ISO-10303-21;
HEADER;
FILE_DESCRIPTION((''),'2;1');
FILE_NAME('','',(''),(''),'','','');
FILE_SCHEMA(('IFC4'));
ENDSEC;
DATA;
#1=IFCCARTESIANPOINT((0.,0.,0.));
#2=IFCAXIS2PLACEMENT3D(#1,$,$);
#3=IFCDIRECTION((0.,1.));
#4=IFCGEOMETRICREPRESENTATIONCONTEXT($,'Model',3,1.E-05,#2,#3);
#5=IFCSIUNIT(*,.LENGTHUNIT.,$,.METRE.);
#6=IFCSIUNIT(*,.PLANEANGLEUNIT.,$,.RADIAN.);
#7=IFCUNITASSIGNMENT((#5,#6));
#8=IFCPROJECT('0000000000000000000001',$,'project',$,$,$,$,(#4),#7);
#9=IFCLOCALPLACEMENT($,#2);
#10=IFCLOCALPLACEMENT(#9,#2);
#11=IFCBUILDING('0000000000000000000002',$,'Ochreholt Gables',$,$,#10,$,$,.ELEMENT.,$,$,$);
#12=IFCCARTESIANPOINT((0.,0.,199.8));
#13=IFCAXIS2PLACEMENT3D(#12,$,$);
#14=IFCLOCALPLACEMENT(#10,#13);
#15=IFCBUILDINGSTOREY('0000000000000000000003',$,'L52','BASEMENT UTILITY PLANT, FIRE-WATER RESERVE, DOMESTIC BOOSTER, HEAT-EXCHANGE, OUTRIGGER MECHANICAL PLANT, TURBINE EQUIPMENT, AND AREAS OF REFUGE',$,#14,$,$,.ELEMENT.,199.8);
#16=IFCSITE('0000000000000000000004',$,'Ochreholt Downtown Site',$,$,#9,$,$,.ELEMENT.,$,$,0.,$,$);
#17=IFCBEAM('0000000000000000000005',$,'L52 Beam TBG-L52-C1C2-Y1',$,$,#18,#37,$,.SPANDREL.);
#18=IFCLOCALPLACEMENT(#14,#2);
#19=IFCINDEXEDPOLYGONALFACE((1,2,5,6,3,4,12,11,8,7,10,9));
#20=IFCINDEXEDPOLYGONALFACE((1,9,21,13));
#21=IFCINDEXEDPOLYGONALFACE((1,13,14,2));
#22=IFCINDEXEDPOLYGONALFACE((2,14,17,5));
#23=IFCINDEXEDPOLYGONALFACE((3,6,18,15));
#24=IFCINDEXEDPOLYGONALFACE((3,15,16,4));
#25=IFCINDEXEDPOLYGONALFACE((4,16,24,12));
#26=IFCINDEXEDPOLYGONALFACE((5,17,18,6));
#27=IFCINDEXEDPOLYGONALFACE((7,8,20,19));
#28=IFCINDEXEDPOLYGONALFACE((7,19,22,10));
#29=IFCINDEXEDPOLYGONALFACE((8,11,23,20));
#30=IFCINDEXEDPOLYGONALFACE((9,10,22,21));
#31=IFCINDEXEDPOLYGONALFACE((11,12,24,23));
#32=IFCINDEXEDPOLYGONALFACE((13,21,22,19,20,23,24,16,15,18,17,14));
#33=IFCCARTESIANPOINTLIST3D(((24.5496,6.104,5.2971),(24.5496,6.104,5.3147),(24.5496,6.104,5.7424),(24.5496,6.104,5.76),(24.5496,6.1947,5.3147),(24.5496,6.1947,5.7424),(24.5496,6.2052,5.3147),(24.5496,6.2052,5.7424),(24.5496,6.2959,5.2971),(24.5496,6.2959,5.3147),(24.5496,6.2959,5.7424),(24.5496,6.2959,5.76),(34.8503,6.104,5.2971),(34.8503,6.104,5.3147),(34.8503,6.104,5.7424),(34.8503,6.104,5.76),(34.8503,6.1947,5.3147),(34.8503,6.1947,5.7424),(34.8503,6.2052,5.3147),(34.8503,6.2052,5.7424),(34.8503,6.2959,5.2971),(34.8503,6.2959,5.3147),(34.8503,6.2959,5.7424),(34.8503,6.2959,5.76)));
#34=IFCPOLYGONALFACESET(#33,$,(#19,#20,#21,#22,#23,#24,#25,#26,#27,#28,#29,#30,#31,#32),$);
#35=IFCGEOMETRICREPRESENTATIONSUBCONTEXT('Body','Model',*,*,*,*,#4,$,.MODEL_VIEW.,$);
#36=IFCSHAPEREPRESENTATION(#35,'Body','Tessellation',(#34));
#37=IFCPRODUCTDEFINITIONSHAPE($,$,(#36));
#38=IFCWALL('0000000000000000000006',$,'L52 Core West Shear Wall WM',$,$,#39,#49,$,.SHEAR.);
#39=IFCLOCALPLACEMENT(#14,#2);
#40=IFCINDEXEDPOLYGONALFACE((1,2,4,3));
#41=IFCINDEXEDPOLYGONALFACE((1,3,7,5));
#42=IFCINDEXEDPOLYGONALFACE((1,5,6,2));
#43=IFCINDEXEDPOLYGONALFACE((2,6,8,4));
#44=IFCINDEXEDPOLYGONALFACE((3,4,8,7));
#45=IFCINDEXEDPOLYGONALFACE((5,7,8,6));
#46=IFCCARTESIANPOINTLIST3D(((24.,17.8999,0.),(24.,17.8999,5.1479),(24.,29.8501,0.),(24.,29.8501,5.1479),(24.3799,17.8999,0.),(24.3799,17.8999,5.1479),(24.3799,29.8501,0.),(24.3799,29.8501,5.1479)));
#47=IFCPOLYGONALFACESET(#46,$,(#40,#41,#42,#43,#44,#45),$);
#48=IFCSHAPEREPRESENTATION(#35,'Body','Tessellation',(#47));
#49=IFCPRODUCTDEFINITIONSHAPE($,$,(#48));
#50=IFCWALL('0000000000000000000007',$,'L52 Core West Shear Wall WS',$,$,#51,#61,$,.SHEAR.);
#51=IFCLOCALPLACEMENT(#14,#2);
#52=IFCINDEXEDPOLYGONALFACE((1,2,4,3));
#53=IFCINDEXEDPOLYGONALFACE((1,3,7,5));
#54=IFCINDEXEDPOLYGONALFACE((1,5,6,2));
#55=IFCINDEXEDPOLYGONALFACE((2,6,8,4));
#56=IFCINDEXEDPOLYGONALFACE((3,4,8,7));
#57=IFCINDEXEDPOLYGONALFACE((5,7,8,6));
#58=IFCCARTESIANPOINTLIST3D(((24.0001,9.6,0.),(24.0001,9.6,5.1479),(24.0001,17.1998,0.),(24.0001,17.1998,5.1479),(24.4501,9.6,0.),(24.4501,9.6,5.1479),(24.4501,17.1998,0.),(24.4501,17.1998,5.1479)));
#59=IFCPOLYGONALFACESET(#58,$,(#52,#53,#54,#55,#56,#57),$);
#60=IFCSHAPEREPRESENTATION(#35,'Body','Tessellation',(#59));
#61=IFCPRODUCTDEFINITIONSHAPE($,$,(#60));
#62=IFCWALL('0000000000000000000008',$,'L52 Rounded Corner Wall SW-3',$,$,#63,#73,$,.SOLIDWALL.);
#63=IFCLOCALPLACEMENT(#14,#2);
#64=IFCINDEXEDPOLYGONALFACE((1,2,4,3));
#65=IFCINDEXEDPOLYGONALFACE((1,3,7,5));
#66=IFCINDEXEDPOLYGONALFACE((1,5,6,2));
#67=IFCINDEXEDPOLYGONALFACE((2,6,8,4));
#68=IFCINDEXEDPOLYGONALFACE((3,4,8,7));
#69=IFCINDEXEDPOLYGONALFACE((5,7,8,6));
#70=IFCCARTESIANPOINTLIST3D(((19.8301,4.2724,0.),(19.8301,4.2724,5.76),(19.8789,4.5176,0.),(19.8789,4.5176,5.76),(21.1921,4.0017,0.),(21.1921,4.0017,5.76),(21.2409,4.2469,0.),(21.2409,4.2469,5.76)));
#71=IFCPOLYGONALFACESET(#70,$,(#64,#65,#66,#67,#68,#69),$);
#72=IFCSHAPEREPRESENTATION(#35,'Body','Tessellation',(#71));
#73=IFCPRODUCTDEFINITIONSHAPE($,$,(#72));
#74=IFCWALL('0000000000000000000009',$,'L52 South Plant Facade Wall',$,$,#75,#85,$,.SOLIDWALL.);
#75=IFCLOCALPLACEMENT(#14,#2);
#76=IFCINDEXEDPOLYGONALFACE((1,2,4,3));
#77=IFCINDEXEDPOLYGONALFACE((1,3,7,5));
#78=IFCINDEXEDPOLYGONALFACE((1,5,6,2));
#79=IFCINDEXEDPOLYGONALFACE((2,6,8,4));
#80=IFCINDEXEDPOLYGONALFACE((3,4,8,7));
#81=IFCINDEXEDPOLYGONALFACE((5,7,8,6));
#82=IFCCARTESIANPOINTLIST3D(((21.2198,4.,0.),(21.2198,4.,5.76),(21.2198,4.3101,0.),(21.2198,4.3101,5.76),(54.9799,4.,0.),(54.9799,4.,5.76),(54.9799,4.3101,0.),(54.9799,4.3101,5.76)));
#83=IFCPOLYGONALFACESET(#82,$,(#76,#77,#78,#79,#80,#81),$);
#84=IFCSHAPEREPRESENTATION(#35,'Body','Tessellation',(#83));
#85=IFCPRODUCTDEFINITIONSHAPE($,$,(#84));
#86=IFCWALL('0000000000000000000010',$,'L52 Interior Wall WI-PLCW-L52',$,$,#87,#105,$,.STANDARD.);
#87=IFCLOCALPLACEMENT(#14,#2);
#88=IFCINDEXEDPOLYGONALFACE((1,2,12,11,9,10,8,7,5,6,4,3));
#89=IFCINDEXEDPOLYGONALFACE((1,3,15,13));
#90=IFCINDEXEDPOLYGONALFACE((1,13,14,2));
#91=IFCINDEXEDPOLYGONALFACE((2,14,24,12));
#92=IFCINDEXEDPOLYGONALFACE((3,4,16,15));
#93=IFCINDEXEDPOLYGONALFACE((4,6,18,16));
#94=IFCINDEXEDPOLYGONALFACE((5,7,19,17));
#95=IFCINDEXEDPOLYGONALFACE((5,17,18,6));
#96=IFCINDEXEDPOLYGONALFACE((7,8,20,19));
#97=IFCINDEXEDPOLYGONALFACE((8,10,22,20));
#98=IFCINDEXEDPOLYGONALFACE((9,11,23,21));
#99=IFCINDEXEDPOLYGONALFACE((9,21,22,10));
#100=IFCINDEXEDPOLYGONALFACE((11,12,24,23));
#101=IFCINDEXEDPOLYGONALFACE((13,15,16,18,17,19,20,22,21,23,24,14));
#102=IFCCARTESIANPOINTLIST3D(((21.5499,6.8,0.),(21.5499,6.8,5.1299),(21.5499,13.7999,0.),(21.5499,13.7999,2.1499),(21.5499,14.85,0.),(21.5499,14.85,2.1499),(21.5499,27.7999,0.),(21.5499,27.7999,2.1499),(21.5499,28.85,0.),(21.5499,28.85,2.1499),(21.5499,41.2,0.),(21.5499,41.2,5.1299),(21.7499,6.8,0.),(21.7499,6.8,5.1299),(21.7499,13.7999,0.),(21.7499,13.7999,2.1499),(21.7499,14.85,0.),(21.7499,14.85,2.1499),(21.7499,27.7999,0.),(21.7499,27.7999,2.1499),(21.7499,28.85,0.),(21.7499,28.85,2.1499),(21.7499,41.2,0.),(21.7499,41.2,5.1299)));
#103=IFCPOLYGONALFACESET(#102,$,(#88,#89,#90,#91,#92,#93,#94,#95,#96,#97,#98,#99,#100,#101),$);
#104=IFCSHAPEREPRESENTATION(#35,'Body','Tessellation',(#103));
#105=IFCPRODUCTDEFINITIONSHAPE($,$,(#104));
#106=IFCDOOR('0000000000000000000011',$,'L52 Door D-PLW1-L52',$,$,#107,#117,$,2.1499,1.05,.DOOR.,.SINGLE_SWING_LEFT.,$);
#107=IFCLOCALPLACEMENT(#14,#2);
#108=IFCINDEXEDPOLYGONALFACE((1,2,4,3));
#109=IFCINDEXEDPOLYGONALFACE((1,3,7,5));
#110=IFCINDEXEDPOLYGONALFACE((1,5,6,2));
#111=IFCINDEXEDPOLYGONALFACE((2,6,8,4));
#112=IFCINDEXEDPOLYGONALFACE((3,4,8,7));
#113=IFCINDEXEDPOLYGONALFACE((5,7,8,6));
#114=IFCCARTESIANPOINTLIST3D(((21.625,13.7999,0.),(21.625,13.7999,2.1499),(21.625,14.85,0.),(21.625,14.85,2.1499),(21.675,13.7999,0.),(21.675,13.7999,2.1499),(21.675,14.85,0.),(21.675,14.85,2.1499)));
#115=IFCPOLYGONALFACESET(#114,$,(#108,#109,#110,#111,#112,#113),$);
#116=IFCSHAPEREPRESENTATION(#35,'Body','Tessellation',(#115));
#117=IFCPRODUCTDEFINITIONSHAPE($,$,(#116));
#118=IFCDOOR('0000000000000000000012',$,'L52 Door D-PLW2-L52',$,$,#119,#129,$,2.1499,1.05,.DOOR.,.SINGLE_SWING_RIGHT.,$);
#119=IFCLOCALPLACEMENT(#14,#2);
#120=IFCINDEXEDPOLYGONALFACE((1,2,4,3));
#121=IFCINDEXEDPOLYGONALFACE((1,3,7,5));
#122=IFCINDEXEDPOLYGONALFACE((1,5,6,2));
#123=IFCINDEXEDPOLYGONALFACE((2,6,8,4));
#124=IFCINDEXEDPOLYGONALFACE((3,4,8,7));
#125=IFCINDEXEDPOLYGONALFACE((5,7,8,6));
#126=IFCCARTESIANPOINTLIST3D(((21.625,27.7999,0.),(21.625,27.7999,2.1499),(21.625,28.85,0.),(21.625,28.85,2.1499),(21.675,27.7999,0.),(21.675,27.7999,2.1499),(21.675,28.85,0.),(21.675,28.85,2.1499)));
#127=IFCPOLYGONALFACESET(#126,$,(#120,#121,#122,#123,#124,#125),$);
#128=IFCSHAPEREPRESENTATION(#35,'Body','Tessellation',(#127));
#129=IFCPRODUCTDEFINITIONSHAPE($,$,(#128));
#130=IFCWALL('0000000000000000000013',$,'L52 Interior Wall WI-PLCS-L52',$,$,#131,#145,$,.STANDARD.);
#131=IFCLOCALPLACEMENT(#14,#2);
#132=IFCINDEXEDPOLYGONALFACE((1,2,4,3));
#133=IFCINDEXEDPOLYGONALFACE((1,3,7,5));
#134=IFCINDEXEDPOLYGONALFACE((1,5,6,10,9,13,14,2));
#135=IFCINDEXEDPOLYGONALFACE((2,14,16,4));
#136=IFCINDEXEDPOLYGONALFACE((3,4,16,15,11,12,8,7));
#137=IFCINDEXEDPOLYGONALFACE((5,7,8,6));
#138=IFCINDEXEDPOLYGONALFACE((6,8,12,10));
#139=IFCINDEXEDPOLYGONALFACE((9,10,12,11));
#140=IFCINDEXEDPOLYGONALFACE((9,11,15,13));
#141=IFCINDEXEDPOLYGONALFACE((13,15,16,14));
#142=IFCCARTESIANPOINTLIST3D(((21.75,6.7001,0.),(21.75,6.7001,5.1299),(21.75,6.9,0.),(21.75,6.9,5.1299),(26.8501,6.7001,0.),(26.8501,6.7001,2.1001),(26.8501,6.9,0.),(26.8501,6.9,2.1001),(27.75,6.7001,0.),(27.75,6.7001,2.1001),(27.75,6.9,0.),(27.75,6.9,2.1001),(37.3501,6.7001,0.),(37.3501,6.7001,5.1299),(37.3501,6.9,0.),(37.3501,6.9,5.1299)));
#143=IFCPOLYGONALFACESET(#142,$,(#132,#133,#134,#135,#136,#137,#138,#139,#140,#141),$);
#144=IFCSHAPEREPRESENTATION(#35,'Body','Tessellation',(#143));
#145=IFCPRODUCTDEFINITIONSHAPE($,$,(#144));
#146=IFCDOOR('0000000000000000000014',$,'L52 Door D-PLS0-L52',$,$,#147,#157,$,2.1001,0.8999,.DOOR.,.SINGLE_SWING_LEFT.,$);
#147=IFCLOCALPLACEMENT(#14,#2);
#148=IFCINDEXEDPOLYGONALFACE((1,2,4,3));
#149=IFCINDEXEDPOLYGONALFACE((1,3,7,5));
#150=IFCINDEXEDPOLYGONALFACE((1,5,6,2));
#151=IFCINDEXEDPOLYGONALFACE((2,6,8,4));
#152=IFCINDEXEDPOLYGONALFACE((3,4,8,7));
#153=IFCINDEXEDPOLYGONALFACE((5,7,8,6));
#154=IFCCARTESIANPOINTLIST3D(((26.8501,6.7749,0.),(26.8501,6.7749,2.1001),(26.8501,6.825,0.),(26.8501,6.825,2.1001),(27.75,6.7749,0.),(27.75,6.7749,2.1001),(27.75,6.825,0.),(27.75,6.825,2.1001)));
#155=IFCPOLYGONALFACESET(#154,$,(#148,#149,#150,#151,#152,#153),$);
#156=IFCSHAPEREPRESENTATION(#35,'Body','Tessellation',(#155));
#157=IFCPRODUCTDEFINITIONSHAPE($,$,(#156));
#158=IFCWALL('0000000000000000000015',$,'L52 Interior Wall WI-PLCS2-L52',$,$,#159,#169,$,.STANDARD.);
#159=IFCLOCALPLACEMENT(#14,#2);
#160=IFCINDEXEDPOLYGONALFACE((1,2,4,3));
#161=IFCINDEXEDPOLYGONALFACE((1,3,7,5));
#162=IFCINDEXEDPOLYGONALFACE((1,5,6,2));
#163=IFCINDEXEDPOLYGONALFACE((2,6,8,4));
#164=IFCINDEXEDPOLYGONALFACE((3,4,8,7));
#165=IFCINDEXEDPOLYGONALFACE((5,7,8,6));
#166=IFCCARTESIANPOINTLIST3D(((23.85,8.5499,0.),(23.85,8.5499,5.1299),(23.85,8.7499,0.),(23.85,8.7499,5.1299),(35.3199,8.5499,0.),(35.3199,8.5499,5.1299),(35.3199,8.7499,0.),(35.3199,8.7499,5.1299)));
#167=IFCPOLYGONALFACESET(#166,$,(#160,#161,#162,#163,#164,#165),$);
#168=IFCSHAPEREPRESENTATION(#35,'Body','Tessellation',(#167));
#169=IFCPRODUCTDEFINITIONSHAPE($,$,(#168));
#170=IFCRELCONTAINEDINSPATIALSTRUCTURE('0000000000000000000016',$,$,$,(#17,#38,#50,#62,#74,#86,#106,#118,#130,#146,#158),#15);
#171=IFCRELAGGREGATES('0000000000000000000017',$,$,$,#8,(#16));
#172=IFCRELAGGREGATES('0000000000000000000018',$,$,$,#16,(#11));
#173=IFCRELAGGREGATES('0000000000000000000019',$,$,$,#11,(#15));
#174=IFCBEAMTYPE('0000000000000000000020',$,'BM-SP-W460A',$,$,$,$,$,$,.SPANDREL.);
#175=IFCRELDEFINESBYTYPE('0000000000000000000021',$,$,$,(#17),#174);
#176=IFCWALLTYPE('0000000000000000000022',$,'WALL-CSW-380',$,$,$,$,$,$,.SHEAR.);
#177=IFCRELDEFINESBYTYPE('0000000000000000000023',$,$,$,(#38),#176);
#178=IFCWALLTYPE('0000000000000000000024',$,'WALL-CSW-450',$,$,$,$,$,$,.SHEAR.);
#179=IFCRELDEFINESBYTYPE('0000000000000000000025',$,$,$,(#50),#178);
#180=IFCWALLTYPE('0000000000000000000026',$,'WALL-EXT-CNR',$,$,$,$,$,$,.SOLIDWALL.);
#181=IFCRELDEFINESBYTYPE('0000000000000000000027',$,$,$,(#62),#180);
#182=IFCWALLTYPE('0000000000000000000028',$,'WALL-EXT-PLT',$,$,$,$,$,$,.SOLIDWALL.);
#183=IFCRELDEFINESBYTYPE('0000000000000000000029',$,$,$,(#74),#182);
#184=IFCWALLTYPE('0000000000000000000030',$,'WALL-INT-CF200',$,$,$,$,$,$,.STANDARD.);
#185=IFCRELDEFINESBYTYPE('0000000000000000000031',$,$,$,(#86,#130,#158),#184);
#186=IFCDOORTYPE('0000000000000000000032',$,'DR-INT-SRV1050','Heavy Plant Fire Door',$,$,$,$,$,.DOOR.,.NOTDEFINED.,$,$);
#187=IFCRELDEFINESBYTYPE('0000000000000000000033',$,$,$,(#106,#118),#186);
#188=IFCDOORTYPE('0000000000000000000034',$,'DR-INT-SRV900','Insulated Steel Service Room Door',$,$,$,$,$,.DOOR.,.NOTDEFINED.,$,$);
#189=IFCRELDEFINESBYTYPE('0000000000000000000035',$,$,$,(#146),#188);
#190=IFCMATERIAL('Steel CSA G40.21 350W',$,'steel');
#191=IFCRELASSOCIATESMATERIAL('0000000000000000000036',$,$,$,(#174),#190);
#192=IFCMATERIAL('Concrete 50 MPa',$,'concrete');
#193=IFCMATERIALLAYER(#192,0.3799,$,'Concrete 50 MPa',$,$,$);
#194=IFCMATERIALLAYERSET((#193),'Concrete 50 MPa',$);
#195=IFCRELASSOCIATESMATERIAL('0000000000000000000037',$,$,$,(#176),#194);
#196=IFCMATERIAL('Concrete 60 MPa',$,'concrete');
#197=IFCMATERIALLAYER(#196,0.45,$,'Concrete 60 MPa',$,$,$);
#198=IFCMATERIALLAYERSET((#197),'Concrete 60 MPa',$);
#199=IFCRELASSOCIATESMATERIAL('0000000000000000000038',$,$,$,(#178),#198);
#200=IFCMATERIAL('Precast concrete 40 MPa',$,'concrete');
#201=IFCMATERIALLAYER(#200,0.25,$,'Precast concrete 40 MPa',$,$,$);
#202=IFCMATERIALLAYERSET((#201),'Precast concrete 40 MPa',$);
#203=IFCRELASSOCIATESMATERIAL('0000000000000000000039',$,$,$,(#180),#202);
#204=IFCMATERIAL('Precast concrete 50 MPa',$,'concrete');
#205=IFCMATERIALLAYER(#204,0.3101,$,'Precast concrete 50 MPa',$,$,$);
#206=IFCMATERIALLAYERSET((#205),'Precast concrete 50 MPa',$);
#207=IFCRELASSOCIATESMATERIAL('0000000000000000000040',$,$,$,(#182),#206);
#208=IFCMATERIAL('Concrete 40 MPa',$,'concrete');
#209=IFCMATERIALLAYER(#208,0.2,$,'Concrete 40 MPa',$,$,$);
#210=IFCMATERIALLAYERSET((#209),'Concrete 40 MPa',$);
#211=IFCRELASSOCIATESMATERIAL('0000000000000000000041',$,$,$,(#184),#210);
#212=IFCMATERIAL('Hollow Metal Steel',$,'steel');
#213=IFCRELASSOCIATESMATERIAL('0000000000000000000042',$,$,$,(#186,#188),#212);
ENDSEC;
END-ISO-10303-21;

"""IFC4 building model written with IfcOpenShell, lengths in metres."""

from ifc_helpers import new_model, si_unit, direction, frame, frame_2d, origin, origin_2d, place, context, subcontext, project, spatial, rectangle, i_section, extrude, material, layer, layer_set, material_profile, profile_set, type_object, element, fill, save


model = new_model("IFC4")

# Units and contexts
model_context = context("Model", 3, precision=1e-05, world=origin(), true_north=direction((0.0, 1.0)))
body_context = subcontext(model_context, "Body", "Model", "MODEL_VIEW")
ifc_project = project(units=[si_unit("LENGTHUNIT", "METRE"), si_unit("PLANEANGLEUNIT", "RADIAN")], contexts=[model_context])

# Site, building, storey
site_placement = place(None, origin())
site = spatial("IfcSite", under=ifc_project, at=site_placement, Name="Ochreholt Downtown Site", CompositionType="ELEMENT", RefElevation=0.0)
building_placement = place(site_placement, origin())
building = spatial("IfcBuilding", under=site, at=building_placement, Name="Ochreholt Gables", CompositionType="ELEMENT")
storey_placement = place(building_placement, frame((0.0, 0.0, 199.8)))
storey = spatial("IfcBuildingStorey", under=building, at=storey_placement, Name="L52", Description="BASEMENT UTILITY PLANT, FIRE-WATER RESERVE, DOMESTIC BOOSTER, HEAT-EXCHANGE, OUTRIGGER MECHANICAL PLANT, TURBINE EQUIPMENT, AND AREAS OF REFUGE", CompositionType="ELEMENT", Elevation=199.8)

# Shared definitions
ifc_material_1 = material(Name="Concrete 50 MPa", Category="concrete")

# Beam
ifc_material_2 = material(Name="Steel CSA G40.21 350W", Category="steel")
ifc_material_profile_1 = material_profile(ifc_material_2, i_section(OverallWidth=0.1919, OverallDepth=0.4629, WebThickness=0.0105, FlangeThickness=0.0176, at=origin_2d()), Name="W460X89")
ifc_profile_set_1 = profile_set([ifc_material_profile_1], Name="Steel CSA G40.21 350W")
beam_type_1 = type_object("IfcBeamType", Name="BM-SP-W460A", PredefinedType="SPANDREL", material=ifc_profile_set_1)
beam_1_placement = place(storey_placement, frame((24.5496, 6.2, 5.5286), z_axis=(1.0, 0.0, 0.0), x_axis=(0.0, 1.0, 0.0)))
element("IfcBeam", 1, at=beam_1_placement, inside=storey, type_object=beam_type_1, Name="L52 Beam TBG-L52-C1C2-Y1", PredefinedType="SPANDREL", context=body_context, shape_type="SweptSolid", body=[
    extrude(i_section(OverallWidth=0.1919, OverallDepth=0.4629, WebThickness=0.0105, FlangeThickness=0.0176, at=origin_2d()), origin(), (0.0, 0.0, 1.0), 10.3008),
])

# Walls
ifc_layer_1 = layer(ifc_material_1, 0.3799, Name="Concrete 50 MPa")
ifc_layer_set_1 = layer_set([ifc_layer_1], Name="Concrete 50 MPa")
wall_type_1 = type_object("IfcWallType", Name="WALL-CSW-380", PredefinedType="SHEAR", material=ifc_layer_set_1)
wall_1_placement = place(storey_placement, frame((24.1899, 17.8999, 0.0), z_axis=(0.0, 0.0, 1.0), x_axis=(0.0, 1.0, 0.0)))
element("IfcWall", 2, at=wall_1_placement, inside=storey, type_object=wall_type_1, Name="L52 Core West Shear Wall WM", PredefinedType="SHEAR", context=body_context, shape_type="SweptSolid", body=[
    extrude(rectangle(XDim=11.9502, YDim=0.3799, at=frame_2d((5.9751, 0.0))), origin(), (0.0, 0.0, 1.0), 5.1479),
])
ifc_material_3 = material(Name="Concrete 60 MPa", Category="concrete")
ifc_layer_2 = layer(ifc_material_3, 0.45, Name="Concrete 60 MPa")
ifc_layer_set_2 = layer_set([ifc_layer_2], Name="Concrete 60 MPa")
wall_type_2 = type_object("IfcWallType", Name="WALL-CSW-450", PredefinedType="SHEAR", material=ifc_layer_set_2)
wall_2_placement = place(storey_placement, frame((24.2251, 9.6001, 0.0), z_axis=(0.0, 0.0, 1.0), x_axis=(0.0, 1.0, 0.0)))
element("IfcWall", 3, at=wall_2_placement, inside=storey, type_object=wall_type_2, Name="L52 Core West Shear Wall WS", PredefinedType="SHEAR", context=body_context, shape_type="SweptSolid", body=[
    extrude(rectangle(XDim=7.5999, YDim=0.45, at=frame_2d((3.7998, 0.0))), origin(), (0.0, 0.0, 1.0), 5.1479),
])
ifc_material_4 = material(Name="Precast concrete 40 MPa", Category="concrete")
ifc_layer_3 = layer(ifc_material_4, 0.25, Name="Precast concrete 40 MPa")
ifc_layer_set_3 = layer_set([ifc_layer_3], Name="Precast concrete 40 MPa")
wall_type_3 = type_object("IfcWallType", Name="WALL-EXT-CNR", PredefinedType="SOLIDWALL", material=ifc_layer_set_3)
wall_3_placement = place(storey_placement, frame((19.8545, 4.395, 0.0), z_axis=(0.0, 0.0, 1.0), x_axis=(0.98081, -0.194967, 0.0)))
element("IfcWall", 4, at=wall_3_placement, inside=storey, type_object=wall_type_3, Name="L52 Rounded Corner Wall SW-3", PredefinedType="SOLIDWALL", context=body_context, shape_type="SweptSolid", body=[
    extrude(rectangle(XDim=1.3887, YDim=0.25, at=frame_2d((0.6943, 0.0))), origin(), (0.0, 0.0, 1.0), 5.76),
])
ifc_material_5 = material(Name="Precast concrete 50 MPa", Category="concrete")
ifc_layer_4 = layer(ifc_material_5, 0.3101, Name="Precast concrete 50 MPa")
ifc_layer_set_4 = layer_set([ifc_layer_4], Name="Precast concrete 50 MPa")
wall_type_4 = type_object("IfcWallType", Name="WALL-EXT-PLT", PredefinedType="SOLIDWALL", material=ifc_layer_set_4)
wall_4_placement = place(storey_placement, frame((21.22, 4.155, 0.0), z_axis=(0.0, 0.0, 1.0), x_axis=(1.0, 0.0, 0.0)))
element("IfcWall", 5, at=wall_4_placement, inside=storey, type_object=wall_type_4, Name="L52 South Plant Facade Wall", PredefinedType="SOLIDWALL", context=body_context, shape_type="SweptSolid", body=[
    extrude(rectangle(XDim=33.76, YDim=0.3101, at=frame_2d((16.8799, 0.0))), origin(), (0.0, 0.0, 1.0), 5.76),
])

# Wall, openings, doors
ifc_material_6 = material(Name="Concrete 40 MPa", Category="concrete")
ifc_layer_5 = layer(ifc_material_6, 0.2, Name="Concrete 40 MPa")
ifc_layer_set_5 = layer_set([ifc_layer_5], Name="Concrete 40 MPa")
wall_type_5 = type_object("IfcWallType", Name="WALL-INT-CF200", PredefinedType="STANDARD", material=ifc_layer_set_5)
wall_5_placement = place(storey_placement, frame((21.6499, 6.8, 0.0), z_axis=(0.0, 0.0, 1.0), x_axis=(0.0, 1.0, 0.0)))
wall_5 = element("IfcWall", 6, at=wall_5_placement, inside=storey, type_object=wall_type_5, Name="L52 Interior Wall WI-PLCW-L52", PredefinedType="STANDARD", context=body_context, shape_type="SweptSolid", body=[
    extrude(rectangle(XDim=34.3999, YDim=0.2, at=frame_2d((17.2, 0.0))), origin(), (0.0, 0.0, 1.0), 5.1299),
])
opening_1_placement = place(wall_5_placement, frame((7.0, 0.0, 0.0)))
opening_1 = element("IfcOpeningElement", 7, at=opening_1_placement, cuts=wall_5, PredefinedType="OPENING", context=body_context, shape_type="SweptSolid", body=[
    extrude(rectangle(XDim=1.05, YDim=2.1499, at=frame_2d((0.5249, 1.075))), frame((0.0, 0.1099, 0.0), z_axis=(0.0, -1.0, 0.0), x_axis=(1.0, 0.0, 0.0)), (0.0, 0.0, 1.0), 0.22),
])
opening_2_placement = place(wall_5_placement, frame((21.0, 0.0, 0.0)))
opening_2 = element("IfcOpeningElement", 8, at=opening_2_placement, cuts=wall_5, PredefinedType="OPENING", context=body_context, shape_type="SweptSolid", body=[
    extrude(rectangle(XDim=1.05, YDim=2.1499, at=frame_2d((0.5249, 1.075))), frame((0.0, 0.1099, 0.0), z_axis=(0.0, -1.0, 0.0), x_axis=(1.0, 0.0, 0.0)), (0.0, 0.0, 1.0), 0.22),
])
ifc_material_7 = material(Name="Hollow Metal Steel", Category="steel")
door_type_1 = type_object("IfcDoorType", Name="DR-INT-SRV1050", Description="Heavy Plant Fire Door", OperationType="NOTDEFINED", PredefinedType="DOOR", material=ifc_material_7)
door_1_placement = place(opening_1_placement, origin())
door_1 = element("IfcDoor", 9, at=door_1_placement, inside=storey, type_object=door_type_1, Name="L52 Door D-PLW1-L52", OperationType="SINGLE_SWING_LEFT", OverallHeight=2.1499, OverallWidth=1.05, PredefinedType="DOOR", context=body_context, shape_type="SweptSolid", body=[
    extrude(rectangle(XDim=1.05, YDim=2.1499, at=frame_2d((0.5249, 1.075))), frame((0.0, 0.0249, 0.0), z_axis=(0.0, -1.0, 0.0), x_axis=(1.0, 0.0, 0.0)), (0.0, 0.0, 1.0), 0.05),
])
fill(opening_1, door_1)
door_2_placement = place(opening_2_placement, origin())
door_2 = element("IfcDoor", 10, at=door_2_placement, inside=storey, type_object=door_type_1, Name="L52 Door D-PLW2-L52", OperationType="SINGLE_SWING_RIGHT", OverallHeight=2.1499, OverallWidth=1.05, PredefinedType="DOOR", context=body_context, shape_type="SweptSolid", body=[
    extrude(rectangle(XDim=1.05, YDim=2.1499, at=frame_2d((0.5249, 1.075))), frame((0.0, 0.0249, 0.0), z_axis=(0.0, -1.0, 0.0), x_axis=(1.0, 0.0, 0.0)), (0.0, 0.0, 1.0), 0.05),
])
fill(opening_2, door_2)

# Wall, opening, door
wall_6_placement = place(storey_placement, frame((21.75, 6.8, 0.0), z_axis=(0.0, 0.0, 1.0), x_axis=(1.0, 0.0, 0.0)))
wall_6 = element("IfcWall", 11, at=wall_6_placement, inside=storey, type_object=wall_type_5, Name="L52 Interior Wall WI-PLCS-L52", PredefinedType="STANDARD", context=body_context, shape_type="SweptSolid", body=[
    extrude(rectangle(XDim=15.6001, YDim=0.2, at=frame_2d((7.8, 0.0))), origin(), (0.0, 0.0, 1.0), 5.1299),
])
opening_3_placement = place(wall_6_placement, frame((5.1001, 0.0, 0.0)))
opening_3 = element("IfcOpeningElement", 12, at=opening_3_placement, cuts=wall_6, PredefinedType="OPENING", context=body_context, shape_type="SweptSolid", body=[
    extrude(rectangle(XDim=0.8999, YDim=2.1001, at=frame_2d((0.45, 1.05))), frame((0.0, 0.1099, 0.0), z_axis=(0.0, -1.0, 0.0), x_axis=(1.0, 0.0, 0.0)), (0.0, 0.0, 1.0), 0.22),
])
door_type_2 = type_object("IfcDoorType", Name="DR-INT-SRV900", Description="Insulated Steel Service Room Door", OperationType="NOTDEFINED", PredefinedType="DOOR", material=ifc_material_7)
door_3_placement = place(opening_3_placement, origin())
door_3 = element("IfcDoor", 13, at=door_3_placement, inside=storey, type_object=door_type_2, Name="L52 Door D-PLS0-L52", OperationType="SINGLE_SWING_LEFT", OverallHeight=2.1001, OverallWidth=0.8999, PredefinedType="DOOR", context=body_context, shape_type="SweptSolid", body=[
    extrude(rectangle(XDim=0.8999, YDim=2.1001, at=frame_2d((0.45, 1.05))), frame((0.0, 0.0249, 0.0), z_axis=(0.0, -1.0, 0.0), x_axis=(1.0, 0.0, 0.0)), (0.0, 0.0, 1.0), 0.05),
])
fill(opening_3, door_3)

# Wall
wall_7_placement = place(storey_placement, frame((23.8501, 8.6499, 0.0), z_axis=(0.0, 0.0, 1.0), x_axis=(1.0, 0.0, 0.0)))
element("IfcWall", 14, at=wall_7_placement, inside=storey, type_object=wall_type_5, Name="L52 Interior Wall WI-PLCS2-L52", PredefinedType="STANDARD", context=body_context, shape_type="SweptSolid", body=[
    extrude(rectangle(XDim=11.47, YDim=0.2, at=frame_2d((5.7349, 0.0))), origin(), (0.0, 0.0, 1.0), 5.1299),
])

save(model, "model.ifc")
